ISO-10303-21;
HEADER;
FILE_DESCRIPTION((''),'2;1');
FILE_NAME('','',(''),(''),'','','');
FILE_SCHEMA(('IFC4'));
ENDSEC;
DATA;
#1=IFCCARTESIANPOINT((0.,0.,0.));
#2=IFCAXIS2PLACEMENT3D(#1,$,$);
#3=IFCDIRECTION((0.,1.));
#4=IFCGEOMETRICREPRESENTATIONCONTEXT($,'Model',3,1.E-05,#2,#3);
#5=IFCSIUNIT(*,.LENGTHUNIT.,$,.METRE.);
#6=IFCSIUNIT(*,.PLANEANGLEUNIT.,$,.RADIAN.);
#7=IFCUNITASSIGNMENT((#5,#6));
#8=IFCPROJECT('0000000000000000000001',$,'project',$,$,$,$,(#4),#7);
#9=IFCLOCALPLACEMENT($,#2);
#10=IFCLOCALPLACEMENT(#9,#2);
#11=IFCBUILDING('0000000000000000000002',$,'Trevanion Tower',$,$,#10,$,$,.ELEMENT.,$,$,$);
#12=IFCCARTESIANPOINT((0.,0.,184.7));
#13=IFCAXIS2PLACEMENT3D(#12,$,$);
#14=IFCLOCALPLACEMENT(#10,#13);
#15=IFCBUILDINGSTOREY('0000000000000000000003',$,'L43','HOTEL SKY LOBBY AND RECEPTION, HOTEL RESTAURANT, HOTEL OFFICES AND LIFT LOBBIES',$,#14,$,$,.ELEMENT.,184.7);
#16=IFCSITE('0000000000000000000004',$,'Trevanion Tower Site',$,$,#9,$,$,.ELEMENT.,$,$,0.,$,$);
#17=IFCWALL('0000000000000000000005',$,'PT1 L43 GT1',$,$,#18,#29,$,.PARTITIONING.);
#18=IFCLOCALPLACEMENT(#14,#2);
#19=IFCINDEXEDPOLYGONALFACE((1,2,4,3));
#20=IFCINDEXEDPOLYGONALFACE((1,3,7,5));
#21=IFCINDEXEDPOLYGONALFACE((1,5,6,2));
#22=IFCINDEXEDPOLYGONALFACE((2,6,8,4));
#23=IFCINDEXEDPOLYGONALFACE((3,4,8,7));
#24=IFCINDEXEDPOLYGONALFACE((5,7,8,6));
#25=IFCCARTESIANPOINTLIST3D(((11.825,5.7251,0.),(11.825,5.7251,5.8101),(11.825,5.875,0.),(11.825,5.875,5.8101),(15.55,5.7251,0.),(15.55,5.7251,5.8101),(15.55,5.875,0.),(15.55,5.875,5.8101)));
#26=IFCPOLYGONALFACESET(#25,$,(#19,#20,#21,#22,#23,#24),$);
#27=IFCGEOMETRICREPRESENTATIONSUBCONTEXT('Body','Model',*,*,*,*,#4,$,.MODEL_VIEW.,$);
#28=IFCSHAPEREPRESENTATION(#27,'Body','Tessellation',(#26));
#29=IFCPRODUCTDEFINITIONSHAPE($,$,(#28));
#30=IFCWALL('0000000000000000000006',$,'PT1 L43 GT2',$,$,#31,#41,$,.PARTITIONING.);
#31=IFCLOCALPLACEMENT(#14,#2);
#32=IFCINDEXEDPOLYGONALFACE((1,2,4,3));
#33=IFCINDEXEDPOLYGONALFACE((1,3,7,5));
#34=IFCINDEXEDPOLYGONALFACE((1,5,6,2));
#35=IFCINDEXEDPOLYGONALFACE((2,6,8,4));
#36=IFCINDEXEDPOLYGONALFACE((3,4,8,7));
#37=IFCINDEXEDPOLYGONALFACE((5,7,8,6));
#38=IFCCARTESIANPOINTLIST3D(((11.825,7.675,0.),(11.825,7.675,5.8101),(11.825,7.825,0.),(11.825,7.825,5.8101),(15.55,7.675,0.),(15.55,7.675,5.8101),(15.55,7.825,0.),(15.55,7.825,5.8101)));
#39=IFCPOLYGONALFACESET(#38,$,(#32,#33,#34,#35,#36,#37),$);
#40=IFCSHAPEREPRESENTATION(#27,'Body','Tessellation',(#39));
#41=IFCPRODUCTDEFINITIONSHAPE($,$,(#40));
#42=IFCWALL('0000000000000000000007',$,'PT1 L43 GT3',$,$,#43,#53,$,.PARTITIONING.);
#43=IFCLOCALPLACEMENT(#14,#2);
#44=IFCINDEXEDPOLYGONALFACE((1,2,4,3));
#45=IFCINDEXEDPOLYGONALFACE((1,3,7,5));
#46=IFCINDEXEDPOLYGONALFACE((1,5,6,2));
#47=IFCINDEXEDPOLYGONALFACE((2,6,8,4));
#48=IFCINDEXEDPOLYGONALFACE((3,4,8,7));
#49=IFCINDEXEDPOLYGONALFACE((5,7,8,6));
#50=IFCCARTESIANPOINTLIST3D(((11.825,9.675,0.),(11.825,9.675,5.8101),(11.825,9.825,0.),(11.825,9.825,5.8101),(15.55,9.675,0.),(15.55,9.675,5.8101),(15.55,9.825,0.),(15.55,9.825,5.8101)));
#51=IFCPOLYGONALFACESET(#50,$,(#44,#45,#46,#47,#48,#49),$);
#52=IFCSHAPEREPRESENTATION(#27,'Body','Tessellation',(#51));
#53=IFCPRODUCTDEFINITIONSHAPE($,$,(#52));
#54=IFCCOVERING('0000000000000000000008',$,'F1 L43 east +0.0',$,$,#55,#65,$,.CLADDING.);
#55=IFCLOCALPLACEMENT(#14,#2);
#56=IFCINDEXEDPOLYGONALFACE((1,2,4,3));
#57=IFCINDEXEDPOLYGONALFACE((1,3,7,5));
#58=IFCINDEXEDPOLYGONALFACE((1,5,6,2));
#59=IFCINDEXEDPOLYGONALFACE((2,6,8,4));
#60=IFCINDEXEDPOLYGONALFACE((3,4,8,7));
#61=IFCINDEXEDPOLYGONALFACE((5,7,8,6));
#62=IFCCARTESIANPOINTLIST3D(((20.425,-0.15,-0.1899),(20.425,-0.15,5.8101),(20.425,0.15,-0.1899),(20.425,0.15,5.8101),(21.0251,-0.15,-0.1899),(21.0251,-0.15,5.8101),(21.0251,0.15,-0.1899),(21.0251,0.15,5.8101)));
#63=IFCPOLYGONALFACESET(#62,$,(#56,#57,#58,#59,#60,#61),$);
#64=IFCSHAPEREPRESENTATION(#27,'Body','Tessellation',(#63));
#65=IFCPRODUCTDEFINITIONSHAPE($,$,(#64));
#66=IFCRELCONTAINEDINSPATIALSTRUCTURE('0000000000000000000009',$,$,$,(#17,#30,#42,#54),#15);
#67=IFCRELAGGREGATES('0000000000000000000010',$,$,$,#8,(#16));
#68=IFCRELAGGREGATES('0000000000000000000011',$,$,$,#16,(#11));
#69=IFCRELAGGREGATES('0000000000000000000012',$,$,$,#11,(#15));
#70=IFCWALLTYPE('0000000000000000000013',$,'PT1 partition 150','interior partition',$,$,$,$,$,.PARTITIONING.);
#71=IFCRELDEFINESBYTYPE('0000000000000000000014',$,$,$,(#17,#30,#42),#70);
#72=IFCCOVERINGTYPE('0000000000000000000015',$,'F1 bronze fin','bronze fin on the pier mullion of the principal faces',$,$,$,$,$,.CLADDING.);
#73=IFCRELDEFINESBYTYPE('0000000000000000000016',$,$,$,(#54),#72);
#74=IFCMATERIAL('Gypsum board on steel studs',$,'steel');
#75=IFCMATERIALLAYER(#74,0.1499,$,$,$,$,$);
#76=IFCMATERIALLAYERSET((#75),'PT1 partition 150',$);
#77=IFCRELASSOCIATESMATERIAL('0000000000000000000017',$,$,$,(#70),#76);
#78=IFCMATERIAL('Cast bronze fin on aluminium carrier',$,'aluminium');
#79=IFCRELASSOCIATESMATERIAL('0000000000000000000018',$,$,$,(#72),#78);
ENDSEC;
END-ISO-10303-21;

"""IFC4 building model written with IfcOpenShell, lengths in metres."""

from ifc_helpers import new_model, si_unit, direction, frame, frame_2d, origin, origin_2d, place, context, subcontext, project, spatial, rectangle, extrude, material, layer, layer_set, type_object, element, save


model = new_model("IFC4")

# Units and contexts
model_context = context("Model", 3, precision=1e-05, world=origin(), true_north=direction((0.0, 1.0)))
body_context = subcontext(model_context, "Body", "Model", "MODEL_VIEW")
ifc_project = project(units=[si_unit("LENGTHUNIT", "METRE"), si_unit("PLANEANGLEUNIT", "RADIAN")], contexts=[model_context])

# Site, building, storey
site_placement = place(None, origin())
site = spatial("IfcSite", under=ifc_project, at=site_placement, Name="Trevanion Tower Site", CompositionType="ELEMENT", RefElevation=0.0)
building_placement = place(site_placement, origin())
building = spatial("IfcBuilding", under=site, at=building_placement, Name="Trevanion Tower", CompositionType="ELEMENT")
storey_placement = place(building_placement, frame((0.0, 0.0, 184.7)))
storey = spatial("IfcBuildingStorey", under=building, at=storey_placement, Name="L43", Description="HOTEL SKY LOBBY AND RECEPTION, HOTEL RESTAURANT, HOTEL OFFICES AND LIFT LOBBIES", CompositionType="ELEMENT", Elevation=184.7)

# Shared definitions
ifc_material_1 = material(Name="Gypsum board on steel studs", Category="steel")
ifc_layer_1 = layer(ifc_material_1, 0.1499)
ifc_layer_set_1 = layer_set([ifc_layer_1], Name="PT1 partition 150")
wall_type = type_object("IfcWallType", Name="PT1 partition 150", Description="interior partition", PredefinedType="PARTITIONING", material=ifc_layer_set_1)

# Walls
for number, where, z_axis, x_axis, name in (
    (1, (11.825, 5.8, 0.0), (0.0, 0.0, 1.0), (1.0, 0.0, 0.0), "PT1 L43 GT1"),
    (2, (11.825, 7.75, 0.0), (0.0, 0.0, 1.0), (1.0, 0.0, 0.0), "PT1 L43 GT2"),
    (3, (11.825, 9.75, 0.0), (0.0, 0.0, 1.0), (1.0, 0.0, 0.0), "PT1 L43 GT3"),
):
    element("IfcWall", number, at=place(storey_placement, frame(where, z_axis=z_axis, x_axis=x_axis)), inside=storey, type_object=wall_type, Name=name, PredefinedType="PARTITIONING", context=body_context, shape_type="SweptSolid", body=[
        extrude(rectangle(XDim=3.7251, YDim=0.1499, at=frame_2d((1.8625, 0.0))), origin(), (0.0, 0.0, 1.0), 5.8101),
    ])

# Covering
ifc_material_2 = material(Name="Cast bronze fin on aluminium carrier", Category="aluminium")
covering_type = type_object("IfcCoveringType", Name="F1 bronze fin", Description="bronze fin on the pier mullion of the principal faces", PredefinedType="CLADDING", material=ifc_material_2)
covering_placement = place(storey_placement, frame((20.7251, 0.0, -0.1899), z_axis=(0.0, 0.0, 1.0), x_axis=(0.0, 1.0, 0.0)))
element("IfcCovering", 4, at=covering_placement, inside=storey, type_object=covering_type, Name="F1 L43 east +0.0", PredefinedType="CLADDING", context=body_context, shape_type="SweptSolid", body=[
    extrude(rectangle(XDim=0.3, YDim=0.6001, at=origin_2d()), origin(), (0.0, 0.0, 1.0), 6.0),
])

save(model, "model.ifc")
